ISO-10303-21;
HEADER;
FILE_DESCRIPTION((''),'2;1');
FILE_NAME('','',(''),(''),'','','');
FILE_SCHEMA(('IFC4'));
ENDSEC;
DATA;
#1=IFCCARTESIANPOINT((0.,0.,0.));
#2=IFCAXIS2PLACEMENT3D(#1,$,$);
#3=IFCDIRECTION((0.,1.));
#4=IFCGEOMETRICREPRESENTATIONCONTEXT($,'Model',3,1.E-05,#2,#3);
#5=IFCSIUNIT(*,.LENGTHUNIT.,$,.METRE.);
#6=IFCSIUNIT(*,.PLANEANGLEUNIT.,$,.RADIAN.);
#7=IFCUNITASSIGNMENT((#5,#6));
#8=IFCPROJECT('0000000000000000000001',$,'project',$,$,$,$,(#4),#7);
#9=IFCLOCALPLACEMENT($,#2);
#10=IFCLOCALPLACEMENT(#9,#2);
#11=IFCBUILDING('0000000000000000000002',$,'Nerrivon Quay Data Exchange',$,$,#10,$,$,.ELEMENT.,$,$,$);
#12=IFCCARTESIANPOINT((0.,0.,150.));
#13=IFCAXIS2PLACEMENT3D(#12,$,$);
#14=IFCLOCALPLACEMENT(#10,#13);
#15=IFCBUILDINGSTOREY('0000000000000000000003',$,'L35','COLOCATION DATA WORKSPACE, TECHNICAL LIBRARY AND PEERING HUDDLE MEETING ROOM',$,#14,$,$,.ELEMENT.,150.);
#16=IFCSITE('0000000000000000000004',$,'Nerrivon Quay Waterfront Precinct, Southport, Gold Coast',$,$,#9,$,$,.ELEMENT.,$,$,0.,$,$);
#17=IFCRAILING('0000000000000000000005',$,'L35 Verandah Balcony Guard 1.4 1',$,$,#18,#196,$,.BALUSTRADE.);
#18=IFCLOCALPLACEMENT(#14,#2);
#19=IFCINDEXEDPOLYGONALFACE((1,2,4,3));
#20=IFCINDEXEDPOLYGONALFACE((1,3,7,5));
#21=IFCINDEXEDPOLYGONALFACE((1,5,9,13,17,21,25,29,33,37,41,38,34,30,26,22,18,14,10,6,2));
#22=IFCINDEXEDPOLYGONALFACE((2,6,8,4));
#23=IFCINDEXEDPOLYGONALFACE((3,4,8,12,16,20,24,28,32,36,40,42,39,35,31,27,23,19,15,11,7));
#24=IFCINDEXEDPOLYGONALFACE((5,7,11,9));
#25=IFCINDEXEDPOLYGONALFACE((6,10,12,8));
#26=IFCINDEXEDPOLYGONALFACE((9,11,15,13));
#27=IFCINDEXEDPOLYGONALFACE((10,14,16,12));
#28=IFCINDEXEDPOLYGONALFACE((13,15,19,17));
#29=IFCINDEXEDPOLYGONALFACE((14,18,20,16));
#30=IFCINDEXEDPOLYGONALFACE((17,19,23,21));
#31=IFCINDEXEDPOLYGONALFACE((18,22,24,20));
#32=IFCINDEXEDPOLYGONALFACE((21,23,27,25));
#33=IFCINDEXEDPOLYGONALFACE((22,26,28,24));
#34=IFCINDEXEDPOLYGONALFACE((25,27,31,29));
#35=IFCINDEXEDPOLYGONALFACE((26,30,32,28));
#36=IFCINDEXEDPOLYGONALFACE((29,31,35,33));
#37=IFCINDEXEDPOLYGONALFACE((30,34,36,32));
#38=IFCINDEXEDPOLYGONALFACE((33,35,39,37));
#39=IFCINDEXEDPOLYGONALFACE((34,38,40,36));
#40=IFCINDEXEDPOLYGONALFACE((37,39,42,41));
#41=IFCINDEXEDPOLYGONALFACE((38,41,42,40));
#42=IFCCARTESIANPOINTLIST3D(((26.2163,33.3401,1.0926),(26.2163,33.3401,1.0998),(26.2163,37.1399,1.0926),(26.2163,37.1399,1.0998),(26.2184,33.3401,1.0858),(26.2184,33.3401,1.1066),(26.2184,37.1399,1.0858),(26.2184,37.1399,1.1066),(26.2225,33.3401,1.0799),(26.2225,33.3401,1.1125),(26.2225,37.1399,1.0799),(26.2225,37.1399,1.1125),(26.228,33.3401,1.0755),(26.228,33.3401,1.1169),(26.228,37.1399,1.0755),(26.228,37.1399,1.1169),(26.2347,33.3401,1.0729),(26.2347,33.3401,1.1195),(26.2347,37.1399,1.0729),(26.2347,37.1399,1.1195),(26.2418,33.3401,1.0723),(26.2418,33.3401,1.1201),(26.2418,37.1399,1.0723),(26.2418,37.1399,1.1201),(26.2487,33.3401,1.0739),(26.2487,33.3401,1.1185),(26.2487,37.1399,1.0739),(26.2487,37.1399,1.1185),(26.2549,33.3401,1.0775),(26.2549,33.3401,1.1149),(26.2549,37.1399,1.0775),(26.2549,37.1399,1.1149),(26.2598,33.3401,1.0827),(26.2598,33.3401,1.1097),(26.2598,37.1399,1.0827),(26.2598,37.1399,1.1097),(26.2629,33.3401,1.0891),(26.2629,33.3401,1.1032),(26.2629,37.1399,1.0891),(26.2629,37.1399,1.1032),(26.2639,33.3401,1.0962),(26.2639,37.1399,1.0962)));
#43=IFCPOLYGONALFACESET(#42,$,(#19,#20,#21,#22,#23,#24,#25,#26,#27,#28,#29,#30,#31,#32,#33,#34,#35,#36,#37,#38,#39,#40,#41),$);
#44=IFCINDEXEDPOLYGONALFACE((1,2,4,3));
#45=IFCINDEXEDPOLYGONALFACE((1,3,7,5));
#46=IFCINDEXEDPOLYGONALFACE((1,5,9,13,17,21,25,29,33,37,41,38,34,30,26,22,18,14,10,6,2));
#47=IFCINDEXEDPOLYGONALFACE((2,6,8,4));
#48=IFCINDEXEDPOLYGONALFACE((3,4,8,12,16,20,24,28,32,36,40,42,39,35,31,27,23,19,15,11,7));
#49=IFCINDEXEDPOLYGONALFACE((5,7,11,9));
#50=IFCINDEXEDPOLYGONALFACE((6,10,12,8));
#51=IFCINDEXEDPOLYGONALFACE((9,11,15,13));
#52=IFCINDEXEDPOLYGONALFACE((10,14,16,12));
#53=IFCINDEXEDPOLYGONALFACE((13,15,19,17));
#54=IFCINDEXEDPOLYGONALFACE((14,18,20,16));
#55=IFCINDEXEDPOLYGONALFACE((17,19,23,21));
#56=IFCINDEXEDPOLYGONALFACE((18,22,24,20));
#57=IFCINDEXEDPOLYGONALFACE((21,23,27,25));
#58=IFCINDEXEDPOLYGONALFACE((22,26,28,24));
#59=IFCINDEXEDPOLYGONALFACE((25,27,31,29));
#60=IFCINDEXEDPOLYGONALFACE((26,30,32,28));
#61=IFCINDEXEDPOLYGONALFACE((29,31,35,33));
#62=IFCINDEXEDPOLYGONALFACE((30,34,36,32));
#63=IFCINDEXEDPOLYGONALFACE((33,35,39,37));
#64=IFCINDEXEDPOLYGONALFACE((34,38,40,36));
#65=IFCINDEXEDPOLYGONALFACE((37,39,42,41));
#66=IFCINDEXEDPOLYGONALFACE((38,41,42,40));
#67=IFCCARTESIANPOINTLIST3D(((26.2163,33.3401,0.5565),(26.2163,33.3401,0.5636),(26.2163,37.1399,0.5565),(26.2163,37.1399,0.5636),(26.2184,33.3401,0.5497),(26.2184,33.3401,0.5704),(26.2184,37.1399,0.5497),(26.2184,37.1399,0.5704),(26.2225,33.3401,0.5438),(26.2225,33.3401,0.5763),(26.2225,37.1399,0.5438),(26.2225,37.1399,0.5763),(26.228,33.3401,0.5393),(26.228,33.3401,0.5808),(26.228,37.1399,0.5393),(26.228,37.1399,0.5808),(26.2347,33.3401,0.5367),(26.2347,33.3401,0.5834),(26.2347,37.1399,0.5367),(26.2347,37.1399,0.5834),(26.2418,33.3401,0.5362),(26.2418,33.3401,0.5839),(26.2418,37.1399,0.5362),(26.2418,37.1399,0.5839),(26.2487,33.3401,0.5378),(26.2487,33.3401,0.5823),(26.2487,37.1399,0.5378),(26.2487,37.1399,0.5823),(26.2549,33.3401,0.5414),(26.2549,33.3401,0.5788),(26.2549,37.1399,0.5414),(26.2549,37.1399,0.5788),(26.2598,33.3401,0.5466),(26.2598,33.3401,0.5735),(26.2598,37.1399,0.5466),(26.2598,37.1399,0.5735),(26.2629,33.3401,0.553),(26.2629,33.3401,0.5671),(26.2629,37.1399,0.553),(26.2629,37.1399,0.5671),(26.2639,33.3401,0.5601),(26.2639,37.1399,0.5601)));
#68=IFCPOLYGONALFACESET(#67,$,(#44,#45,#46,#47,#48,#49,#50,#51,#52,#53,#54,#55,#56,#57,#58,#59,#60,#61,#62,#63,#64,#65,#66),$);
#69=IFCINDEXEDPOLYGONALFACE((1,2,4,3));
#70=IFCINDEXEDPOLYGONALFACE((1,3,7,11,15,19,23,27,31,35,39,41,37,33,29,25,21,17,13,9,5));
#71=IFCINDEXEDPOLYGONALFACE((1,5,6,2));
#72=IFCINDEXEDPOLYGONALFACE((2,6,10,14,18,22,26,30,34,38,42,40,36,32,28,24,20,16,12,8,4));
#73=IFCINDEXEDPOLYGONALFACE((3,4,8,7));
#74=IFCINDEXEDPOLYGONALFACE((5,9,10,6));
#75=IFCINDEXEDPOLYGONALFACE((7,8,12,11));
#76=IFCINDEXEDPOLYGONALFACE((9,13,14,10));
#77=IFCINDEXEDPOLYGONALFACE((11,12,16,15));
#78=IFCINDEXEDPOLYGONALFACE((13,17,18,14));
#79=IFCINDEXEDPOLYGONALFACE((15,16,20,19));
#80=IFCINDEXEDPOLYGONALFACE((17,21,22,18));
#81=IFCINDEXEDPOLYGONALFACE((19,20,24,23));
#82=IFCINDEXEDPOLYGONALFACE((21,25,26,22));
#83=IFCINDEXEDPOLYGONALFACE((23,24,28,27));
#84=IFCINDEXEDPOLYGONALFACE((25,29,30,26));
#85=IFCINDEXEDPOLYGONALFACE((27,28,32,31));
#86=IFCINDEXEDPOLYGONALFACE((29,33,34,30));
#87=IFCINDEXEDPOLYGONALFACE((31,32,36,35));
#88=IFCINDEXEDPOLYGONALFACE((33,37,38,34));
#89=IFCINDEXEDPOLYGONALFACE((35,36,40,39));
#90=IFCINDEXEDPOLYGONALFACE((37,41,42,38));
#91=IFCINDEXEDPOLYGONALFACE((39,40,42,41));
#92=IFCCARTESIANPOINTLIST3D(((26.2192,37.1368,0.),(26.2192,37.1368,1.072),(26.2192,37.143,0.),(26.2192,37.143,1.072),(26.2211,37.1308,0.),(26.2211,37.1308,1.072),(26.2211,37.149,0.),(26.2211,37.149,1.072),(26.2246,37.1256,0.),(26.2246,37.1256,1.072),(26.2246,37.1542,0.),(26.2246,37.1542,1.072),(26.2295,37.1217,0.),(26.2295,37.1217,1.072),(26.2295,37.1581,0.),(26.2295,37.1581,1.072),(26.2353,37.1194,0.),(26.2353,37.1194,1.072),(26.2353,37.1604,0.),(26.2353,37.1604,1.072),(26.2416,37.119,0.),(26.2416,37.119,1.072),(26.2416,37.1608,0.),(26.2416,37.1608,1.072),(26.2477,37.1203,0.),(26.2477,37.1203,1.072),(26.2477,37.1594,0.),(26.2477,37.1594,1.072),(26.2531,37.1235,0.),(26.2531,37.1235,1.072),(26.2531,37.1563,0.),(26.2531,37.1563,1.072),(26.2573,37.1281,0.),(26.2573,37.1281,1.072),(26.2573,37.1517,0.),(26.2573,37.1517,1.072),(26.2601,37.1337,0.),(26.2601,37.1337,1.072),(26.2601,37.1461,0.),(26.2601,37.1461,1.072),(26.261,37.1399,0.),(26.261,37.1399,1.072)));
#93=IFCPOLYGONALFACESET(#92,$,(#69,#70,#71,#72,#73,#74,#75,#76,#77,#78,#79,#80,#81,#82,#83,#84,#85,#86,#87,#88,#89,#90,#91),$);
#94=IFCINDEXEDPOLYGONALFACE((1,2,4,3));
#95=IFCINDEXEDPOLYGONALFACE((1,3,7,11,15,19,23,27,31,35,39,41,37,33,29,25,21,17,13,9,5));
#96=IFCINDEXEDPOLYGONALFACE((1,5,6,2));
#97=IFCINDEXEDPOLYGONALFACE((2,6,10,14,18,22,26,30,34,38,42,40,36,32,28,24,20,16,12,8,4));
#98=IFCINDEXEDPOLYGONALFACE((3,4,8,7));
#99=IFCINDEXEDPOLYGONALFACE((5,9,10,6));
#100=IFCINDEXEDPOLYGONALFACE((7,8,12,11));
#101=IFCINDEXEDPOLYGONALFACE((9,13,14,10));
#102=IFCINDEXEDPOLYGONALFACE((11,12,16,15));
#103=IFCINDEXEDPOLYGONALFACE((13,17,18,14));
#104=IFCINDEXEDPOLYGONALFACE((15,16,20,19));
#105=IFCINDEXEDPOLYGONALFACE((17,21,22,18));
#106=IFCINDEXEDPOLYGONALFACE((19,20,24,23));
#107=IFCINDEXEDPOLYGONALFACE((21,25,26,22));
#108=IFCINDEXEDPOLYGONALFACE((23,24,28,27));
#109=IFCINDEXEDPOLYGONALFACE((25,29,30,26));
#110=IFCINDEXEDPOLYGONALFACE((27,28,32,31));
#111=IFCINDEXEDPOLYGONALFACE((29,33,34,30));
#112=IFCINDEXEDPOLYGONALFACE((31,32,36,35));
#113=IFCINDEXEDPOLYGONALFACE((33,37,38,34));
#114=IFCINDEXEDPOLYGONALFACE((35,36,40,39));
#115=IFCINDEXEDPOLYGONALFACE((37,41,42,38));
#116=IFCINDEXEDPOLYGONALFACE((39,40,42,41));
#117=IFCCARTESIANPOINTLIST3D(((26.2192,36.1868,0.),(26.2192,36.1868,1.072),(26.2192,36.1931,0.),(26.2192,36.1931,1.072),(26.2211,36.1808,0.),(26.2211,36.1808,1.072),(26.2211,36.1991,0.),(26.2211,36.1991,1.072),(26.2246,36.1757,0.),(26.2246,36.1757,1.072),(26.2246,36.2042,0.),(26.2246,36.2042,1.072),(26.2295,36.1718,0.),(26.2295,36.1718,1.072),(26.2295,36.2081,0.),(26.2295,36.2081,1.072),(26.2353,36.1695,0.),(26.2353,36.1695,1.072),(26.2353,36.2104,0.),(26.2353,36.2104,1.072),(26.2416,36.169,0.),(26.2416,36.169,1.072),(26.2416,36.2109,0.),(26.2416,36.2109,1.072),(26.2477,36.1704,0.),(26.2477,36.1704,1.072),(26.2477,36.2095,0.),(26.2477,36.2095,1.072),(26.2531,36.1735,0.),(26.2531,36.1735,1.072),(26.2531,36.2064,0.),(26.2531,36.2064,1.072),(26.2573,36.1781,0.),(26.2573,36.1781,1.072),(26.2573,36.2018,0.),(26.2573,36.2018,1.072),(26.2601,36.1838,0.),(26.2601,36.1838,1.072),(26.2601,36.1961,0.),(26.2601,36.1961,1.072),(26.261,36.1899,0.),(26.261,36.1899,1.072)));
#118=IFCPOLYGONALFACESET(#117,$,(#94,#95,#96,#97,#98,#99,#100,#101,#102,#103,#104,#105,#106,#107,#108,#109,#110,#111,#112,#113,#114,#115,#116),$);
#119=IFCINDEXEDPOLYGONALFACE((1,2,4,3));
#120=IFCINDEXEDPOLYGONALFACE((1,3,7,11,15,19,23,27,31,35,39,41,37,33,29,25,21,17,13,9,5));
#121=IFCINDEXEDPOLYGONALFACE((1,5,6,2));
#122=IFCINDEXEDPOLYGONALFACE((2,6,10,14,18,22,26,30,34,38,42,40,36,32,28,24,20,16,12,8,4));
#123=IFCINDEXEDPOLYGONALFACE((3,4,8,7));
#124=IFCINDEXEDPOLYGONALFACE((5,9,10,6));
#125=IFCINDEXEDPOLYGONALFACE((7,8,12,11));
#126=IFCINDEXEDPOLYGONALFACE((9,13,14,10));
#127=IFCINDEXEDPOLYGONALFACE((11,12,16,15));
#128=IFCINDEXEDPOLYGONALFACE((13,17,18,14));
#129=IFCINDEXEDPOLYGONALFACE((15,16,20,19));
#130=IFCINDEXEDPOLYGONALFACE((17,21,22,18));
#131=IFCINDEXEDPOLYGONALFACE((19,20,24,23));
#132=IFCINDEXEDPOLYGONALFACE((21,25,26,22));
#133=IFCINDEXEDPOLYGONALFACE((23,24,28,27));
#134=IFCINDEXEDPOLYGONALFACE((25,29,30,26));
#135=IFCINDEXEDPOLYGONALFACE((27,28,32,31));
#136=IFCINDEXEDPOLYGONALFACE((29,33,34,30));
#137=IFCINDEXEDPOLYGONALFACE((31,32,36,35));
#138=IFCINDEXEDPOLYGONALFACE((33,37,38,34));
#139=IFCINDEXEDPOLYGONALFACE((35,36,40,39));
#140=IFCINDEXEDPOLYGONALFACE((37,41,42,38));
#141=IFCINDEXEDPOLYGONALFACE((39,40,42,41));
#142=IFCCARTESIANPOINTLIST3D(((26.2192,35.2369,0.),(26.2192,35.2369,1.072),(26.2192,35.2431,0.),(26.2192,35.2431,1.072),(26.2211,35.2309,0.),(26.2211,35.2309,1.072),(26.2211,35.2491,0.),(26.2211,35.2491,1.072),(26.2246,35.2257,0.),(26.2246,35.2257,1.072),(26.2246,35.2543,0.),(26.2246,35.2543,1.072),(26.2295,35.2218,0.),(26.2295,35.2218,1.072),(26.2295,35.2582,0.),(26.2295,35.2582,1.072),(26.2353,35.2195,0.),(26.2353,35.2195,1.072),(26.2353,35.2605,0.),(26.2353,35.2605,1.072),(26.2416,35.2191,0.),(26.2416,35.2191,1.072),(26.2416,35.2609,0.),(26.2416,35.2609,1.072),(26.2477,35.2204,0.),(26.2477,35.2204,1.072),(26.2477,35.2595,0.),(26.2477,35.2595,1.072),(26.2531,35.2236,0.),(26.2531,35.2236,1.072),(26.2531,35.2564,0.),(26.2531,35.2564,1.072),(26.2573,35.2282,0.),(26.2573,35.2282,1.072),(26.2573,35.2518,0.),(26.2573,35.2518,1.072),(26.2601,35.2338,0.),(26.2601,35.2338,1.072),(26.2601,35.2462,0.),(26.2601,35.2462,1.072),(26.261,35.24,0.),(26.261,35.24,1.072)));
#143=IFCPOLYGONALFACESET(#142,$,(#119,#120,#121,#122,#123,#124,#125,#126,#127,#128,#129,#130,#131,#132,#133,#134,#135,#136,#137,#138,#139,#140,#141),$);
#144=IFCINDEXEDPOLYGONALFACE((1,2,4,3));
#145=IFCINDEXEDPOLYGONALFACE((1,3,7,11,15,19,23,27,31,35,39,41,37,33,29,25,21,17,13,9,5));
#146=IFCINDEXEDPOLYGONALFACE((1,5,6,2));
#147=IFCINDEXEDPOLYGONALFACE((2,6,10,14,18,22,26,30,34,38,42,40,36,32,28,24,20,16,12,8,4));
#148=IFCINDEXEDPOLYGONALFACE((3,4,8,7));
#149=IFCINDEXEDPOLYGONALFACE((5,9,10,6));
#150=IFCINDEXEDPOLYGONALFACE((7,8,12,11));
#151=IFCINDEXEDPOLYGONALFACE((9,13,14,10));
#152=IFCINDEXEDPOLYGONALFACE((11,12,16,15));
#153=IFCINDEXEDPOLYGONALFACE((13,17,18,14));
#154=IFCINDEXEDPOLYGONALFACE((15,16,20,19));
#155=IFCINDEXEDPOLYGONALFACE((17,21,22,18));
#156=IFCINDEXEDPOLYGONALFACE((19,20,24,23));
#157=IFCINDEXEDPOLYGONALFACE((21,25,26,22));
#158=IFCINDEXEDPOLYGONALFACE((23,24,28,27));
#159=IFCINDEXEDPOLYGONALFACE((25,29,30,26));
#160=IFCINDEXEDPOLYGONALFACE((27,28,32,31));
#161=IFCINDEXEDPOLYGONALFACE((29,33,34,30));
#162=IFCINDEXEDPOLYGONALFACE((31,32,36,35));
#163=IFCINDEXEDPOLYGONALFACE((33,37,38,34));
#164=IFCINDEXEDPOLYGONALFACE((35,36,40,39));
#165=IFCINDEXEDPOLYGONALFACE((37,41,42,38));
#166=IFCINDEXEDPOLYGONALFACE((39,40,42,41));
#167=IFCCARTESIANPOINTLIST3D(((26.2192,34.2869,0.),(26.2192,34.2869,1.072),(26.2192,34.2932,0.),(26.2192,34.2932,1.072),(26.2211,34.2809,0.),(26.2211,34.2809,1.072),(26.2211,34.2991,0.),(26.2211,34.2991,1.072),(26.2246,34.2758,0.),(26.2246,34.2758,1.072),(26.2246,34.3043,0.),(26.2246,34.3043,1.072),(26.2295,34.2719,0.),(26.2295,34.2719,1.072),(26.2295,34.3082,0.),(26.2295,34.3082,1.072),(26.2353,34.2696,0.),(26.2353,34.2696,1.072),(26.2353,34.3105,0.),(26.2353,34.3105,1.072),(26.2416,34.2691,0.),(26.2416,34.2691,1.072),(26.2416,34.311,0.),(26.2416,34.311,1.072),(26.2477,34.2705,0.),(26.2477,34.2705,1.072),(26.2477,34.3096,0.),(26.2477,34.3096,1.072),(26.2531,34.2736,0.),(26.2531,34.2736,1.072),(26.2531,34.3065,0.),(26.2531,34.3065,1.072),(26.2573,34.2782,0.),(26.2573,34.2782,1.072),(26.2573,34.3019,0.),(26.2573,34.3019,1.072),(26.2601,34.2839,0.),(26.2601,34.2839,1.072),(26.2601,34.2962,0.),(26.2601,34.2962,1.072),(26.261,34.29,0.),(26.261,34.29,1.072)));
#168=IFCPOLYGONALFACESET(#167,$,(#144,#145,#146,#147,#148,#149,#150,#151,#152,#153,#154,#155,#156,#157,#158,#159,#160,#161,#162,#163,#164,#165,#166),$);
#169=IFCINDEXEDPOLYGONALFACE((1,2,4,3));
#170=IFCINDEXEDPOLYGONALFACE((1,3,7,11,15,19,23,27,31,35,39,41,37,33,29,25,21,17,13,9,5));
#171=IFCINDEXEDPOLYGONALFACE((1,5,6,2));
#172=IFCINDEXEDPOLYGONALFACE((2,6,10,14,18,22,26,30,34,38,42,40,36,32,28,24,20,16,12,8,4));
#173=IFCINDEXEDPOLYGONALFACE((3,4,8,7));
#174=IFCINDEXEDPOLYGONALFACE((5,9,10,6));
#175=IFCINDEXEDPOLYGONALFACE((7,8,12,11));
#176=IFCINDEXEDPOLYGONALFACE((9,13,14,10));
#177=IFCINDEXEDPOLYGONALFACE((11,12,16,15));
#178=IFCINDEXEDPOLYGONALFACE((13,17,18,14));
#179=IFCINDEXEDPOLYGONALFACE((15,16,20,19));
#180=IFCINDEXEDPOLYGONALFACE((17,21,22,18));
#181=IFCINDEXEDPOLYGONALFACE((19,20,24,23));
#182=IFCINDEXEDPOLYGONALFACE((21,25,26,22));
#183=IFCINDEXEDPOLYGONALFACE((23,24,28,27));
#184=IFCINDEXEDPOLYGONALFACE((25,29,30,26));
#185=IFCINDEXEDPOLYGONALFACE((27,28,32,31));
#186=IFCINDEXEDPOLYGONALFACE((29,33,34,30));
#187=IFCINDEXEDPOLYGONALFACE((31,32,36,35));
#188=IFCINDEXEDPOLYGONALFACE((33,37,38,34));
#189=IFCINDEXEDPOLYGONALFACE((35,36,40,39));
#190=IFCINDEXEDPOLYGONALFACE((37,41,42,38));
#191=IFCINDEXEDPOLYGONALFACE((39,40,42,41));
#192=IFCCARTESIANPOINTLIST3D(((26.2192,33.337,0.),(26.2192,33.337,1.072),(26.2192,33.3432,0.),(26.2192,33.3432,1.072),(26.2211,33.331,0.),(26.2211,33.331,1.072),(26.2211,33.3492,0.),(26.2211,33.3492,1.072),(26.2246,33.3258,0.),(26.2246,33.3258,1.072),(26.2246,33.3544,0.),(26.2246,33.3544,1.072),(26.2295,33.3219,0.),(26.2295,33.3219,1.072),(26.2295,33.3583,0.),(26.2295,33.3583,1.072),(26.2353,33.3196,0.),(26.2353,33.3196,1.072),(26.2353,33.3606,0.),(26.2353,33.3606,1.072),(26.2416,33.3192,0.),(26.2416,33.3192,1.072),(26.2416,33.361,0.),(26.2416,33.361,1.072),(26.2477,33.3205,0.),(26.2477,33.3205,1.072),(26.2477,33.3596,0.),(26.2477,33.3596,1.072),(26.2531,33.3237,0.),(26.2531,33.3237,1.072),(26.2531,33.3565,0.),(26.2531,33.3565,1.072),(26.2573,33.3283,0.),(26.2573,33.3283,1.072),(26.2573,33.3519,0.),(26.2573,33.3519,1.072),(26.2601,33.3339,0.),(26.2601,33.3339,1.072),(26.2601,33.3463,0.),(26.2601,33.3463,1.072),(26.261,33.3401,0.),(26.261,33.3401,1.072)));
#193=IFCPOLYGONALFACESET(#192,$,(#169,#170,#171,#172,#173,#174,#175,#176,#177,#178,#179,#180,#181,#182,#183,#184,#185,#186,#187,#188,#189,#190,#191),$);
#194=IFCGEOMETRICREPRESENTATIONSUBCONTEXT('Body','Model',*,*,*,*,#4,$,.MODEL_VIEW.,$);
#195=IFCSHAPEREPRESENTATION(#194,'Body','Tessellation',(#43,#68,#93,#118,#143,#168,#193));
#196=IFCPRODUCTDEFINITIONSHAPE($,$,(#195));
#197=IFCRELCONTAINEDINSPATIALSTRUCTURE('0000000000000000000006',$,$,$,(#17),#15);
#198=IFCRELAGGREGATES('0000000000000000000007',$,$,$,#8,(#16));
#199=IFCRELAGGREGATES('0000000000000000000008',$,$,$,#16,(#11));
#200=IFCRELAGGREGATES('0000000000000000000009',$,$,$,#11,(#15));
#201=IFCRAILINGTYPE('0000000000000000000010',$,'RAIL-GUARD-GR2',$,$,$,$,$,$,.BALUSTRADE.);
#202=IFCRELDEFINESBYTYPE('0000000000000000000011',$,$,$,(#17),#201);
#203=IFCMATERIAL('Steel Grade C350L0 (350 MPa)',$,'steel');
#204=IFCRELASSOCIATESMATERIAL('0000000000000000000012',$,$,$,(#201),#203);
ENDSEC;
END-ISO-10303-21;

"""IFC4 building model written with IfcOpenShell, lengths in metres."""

from ifc_helpers import new_model, si_unit, direction, frame, origin, origin_2d, place, context, subcontext, project, spatial, circle, extrude, material, type_object, element, save


model = new_model("IFC4")

# Units and contexts
model_context = context("Model", 3, precision=1e-05, world=origin(), true_north=direction((0.0, 1.0)))
body_context = subcontext(model_context, "Body", "Model", "MODEL_VIEW")
ifc_project = project(units=[si_unit("LENGTHUNIT", "METRE"), si_unit("PLANEANGLEUNIT", "RADIAN")], contexts=[model_context])

# Site, building, storey
site_placement = place(None, origin())
site = spatial("IfcSite", under=ifc_project, at=site_placement, Name="Nerrivon Quay Waterfront Precinct, Southport, Gold Coast", CompositionType="ELEMENT", RefElevation=0.0)
building_placement = place(site_placement, origin())
building = spatial("IfcBuilding", under=site, at=building_placement, Name="Nerrivon Quay Data Exchange", CompositionType="ELEMENT")
storey_placement = place(building_placement, frame((0.0, 0.0, 150.0)))
storey = spatial("IfcBuildingStorey", under=building, at=storey_placement, Name="L35", Description="COLOCATION DATA WORKSPACE, TECHNICAL LIBRARY AND PEERING HUDDLE MEETING ROOM", CompositionType="ELEMENT", Elevation=150.0)

# Railing
ifc_material_1 = material(Name="Steel Grade C350L0 (350 MPa)", Category="steel")
railing_type = type_object("IfcRailingType", Name="RAIL-GUARD-GR2", PredefinedType="BALUSTRADE", material=ifc_material_1)
railing_1_placement = place(storey_placement, frame((26.24, 37.1399, 0.0)))
element("IfcRailing", 1, at=railing_1_placement, inside=storey, type_object=railing_type, Name="L35 Verandah Balcony Guard 1.4 1", PredefinedType="BALUSTRADE", context=body_context, shape_type="SweptSolid", body=[
    extrude(circle(Radius=0.0239, at=origin_2d()), frame((0.0, 0.0, 1.0962), z_axis=(0.0, -1.0, 0.0), x_axis=(1.0, 0.0, 0.0)), (0.0, 0.0, 1.0), 3.7998),
    extrude(circle(Radius=0.0239, at=origin_2d()), frame((0.0, 0.0, 0.5601), z_axis=(0.0, -1.0, 0.0), x_axis=(1.0, 0.0, 0.0)), (0.0, 0.0, 1.0), 3.7998),
    extrude(circle(Radius=0.021, at=origin_2d()), origin(), (0.0, 0.0, 1.0), 1.072),
    extrude(circle(Radius=0.021, at=origin_2d()), frame((0.0, -0.95, 0.0)), (0.0, 0.0, 1.0), 1.072),
    extrude(circle(Radius=0.021, at=origin_2d()), frame((0.0, -1.8999, 0.0)), (0.0, 0.0, 1.0), 1.072),
    extrude(circle(Radius=0.021, at=origin_2d()), frame((0.0, -2.8499, 0.0)), (0.0, 0.0, 1.0), 1.072),
    extrude(circle(Radius=0.021, at=origin_2d()), frame((0.0, -3.7998, 0.0)), (0.0, 0.0, 1.0), 1.072),
])

save(model, "model.ifc")
